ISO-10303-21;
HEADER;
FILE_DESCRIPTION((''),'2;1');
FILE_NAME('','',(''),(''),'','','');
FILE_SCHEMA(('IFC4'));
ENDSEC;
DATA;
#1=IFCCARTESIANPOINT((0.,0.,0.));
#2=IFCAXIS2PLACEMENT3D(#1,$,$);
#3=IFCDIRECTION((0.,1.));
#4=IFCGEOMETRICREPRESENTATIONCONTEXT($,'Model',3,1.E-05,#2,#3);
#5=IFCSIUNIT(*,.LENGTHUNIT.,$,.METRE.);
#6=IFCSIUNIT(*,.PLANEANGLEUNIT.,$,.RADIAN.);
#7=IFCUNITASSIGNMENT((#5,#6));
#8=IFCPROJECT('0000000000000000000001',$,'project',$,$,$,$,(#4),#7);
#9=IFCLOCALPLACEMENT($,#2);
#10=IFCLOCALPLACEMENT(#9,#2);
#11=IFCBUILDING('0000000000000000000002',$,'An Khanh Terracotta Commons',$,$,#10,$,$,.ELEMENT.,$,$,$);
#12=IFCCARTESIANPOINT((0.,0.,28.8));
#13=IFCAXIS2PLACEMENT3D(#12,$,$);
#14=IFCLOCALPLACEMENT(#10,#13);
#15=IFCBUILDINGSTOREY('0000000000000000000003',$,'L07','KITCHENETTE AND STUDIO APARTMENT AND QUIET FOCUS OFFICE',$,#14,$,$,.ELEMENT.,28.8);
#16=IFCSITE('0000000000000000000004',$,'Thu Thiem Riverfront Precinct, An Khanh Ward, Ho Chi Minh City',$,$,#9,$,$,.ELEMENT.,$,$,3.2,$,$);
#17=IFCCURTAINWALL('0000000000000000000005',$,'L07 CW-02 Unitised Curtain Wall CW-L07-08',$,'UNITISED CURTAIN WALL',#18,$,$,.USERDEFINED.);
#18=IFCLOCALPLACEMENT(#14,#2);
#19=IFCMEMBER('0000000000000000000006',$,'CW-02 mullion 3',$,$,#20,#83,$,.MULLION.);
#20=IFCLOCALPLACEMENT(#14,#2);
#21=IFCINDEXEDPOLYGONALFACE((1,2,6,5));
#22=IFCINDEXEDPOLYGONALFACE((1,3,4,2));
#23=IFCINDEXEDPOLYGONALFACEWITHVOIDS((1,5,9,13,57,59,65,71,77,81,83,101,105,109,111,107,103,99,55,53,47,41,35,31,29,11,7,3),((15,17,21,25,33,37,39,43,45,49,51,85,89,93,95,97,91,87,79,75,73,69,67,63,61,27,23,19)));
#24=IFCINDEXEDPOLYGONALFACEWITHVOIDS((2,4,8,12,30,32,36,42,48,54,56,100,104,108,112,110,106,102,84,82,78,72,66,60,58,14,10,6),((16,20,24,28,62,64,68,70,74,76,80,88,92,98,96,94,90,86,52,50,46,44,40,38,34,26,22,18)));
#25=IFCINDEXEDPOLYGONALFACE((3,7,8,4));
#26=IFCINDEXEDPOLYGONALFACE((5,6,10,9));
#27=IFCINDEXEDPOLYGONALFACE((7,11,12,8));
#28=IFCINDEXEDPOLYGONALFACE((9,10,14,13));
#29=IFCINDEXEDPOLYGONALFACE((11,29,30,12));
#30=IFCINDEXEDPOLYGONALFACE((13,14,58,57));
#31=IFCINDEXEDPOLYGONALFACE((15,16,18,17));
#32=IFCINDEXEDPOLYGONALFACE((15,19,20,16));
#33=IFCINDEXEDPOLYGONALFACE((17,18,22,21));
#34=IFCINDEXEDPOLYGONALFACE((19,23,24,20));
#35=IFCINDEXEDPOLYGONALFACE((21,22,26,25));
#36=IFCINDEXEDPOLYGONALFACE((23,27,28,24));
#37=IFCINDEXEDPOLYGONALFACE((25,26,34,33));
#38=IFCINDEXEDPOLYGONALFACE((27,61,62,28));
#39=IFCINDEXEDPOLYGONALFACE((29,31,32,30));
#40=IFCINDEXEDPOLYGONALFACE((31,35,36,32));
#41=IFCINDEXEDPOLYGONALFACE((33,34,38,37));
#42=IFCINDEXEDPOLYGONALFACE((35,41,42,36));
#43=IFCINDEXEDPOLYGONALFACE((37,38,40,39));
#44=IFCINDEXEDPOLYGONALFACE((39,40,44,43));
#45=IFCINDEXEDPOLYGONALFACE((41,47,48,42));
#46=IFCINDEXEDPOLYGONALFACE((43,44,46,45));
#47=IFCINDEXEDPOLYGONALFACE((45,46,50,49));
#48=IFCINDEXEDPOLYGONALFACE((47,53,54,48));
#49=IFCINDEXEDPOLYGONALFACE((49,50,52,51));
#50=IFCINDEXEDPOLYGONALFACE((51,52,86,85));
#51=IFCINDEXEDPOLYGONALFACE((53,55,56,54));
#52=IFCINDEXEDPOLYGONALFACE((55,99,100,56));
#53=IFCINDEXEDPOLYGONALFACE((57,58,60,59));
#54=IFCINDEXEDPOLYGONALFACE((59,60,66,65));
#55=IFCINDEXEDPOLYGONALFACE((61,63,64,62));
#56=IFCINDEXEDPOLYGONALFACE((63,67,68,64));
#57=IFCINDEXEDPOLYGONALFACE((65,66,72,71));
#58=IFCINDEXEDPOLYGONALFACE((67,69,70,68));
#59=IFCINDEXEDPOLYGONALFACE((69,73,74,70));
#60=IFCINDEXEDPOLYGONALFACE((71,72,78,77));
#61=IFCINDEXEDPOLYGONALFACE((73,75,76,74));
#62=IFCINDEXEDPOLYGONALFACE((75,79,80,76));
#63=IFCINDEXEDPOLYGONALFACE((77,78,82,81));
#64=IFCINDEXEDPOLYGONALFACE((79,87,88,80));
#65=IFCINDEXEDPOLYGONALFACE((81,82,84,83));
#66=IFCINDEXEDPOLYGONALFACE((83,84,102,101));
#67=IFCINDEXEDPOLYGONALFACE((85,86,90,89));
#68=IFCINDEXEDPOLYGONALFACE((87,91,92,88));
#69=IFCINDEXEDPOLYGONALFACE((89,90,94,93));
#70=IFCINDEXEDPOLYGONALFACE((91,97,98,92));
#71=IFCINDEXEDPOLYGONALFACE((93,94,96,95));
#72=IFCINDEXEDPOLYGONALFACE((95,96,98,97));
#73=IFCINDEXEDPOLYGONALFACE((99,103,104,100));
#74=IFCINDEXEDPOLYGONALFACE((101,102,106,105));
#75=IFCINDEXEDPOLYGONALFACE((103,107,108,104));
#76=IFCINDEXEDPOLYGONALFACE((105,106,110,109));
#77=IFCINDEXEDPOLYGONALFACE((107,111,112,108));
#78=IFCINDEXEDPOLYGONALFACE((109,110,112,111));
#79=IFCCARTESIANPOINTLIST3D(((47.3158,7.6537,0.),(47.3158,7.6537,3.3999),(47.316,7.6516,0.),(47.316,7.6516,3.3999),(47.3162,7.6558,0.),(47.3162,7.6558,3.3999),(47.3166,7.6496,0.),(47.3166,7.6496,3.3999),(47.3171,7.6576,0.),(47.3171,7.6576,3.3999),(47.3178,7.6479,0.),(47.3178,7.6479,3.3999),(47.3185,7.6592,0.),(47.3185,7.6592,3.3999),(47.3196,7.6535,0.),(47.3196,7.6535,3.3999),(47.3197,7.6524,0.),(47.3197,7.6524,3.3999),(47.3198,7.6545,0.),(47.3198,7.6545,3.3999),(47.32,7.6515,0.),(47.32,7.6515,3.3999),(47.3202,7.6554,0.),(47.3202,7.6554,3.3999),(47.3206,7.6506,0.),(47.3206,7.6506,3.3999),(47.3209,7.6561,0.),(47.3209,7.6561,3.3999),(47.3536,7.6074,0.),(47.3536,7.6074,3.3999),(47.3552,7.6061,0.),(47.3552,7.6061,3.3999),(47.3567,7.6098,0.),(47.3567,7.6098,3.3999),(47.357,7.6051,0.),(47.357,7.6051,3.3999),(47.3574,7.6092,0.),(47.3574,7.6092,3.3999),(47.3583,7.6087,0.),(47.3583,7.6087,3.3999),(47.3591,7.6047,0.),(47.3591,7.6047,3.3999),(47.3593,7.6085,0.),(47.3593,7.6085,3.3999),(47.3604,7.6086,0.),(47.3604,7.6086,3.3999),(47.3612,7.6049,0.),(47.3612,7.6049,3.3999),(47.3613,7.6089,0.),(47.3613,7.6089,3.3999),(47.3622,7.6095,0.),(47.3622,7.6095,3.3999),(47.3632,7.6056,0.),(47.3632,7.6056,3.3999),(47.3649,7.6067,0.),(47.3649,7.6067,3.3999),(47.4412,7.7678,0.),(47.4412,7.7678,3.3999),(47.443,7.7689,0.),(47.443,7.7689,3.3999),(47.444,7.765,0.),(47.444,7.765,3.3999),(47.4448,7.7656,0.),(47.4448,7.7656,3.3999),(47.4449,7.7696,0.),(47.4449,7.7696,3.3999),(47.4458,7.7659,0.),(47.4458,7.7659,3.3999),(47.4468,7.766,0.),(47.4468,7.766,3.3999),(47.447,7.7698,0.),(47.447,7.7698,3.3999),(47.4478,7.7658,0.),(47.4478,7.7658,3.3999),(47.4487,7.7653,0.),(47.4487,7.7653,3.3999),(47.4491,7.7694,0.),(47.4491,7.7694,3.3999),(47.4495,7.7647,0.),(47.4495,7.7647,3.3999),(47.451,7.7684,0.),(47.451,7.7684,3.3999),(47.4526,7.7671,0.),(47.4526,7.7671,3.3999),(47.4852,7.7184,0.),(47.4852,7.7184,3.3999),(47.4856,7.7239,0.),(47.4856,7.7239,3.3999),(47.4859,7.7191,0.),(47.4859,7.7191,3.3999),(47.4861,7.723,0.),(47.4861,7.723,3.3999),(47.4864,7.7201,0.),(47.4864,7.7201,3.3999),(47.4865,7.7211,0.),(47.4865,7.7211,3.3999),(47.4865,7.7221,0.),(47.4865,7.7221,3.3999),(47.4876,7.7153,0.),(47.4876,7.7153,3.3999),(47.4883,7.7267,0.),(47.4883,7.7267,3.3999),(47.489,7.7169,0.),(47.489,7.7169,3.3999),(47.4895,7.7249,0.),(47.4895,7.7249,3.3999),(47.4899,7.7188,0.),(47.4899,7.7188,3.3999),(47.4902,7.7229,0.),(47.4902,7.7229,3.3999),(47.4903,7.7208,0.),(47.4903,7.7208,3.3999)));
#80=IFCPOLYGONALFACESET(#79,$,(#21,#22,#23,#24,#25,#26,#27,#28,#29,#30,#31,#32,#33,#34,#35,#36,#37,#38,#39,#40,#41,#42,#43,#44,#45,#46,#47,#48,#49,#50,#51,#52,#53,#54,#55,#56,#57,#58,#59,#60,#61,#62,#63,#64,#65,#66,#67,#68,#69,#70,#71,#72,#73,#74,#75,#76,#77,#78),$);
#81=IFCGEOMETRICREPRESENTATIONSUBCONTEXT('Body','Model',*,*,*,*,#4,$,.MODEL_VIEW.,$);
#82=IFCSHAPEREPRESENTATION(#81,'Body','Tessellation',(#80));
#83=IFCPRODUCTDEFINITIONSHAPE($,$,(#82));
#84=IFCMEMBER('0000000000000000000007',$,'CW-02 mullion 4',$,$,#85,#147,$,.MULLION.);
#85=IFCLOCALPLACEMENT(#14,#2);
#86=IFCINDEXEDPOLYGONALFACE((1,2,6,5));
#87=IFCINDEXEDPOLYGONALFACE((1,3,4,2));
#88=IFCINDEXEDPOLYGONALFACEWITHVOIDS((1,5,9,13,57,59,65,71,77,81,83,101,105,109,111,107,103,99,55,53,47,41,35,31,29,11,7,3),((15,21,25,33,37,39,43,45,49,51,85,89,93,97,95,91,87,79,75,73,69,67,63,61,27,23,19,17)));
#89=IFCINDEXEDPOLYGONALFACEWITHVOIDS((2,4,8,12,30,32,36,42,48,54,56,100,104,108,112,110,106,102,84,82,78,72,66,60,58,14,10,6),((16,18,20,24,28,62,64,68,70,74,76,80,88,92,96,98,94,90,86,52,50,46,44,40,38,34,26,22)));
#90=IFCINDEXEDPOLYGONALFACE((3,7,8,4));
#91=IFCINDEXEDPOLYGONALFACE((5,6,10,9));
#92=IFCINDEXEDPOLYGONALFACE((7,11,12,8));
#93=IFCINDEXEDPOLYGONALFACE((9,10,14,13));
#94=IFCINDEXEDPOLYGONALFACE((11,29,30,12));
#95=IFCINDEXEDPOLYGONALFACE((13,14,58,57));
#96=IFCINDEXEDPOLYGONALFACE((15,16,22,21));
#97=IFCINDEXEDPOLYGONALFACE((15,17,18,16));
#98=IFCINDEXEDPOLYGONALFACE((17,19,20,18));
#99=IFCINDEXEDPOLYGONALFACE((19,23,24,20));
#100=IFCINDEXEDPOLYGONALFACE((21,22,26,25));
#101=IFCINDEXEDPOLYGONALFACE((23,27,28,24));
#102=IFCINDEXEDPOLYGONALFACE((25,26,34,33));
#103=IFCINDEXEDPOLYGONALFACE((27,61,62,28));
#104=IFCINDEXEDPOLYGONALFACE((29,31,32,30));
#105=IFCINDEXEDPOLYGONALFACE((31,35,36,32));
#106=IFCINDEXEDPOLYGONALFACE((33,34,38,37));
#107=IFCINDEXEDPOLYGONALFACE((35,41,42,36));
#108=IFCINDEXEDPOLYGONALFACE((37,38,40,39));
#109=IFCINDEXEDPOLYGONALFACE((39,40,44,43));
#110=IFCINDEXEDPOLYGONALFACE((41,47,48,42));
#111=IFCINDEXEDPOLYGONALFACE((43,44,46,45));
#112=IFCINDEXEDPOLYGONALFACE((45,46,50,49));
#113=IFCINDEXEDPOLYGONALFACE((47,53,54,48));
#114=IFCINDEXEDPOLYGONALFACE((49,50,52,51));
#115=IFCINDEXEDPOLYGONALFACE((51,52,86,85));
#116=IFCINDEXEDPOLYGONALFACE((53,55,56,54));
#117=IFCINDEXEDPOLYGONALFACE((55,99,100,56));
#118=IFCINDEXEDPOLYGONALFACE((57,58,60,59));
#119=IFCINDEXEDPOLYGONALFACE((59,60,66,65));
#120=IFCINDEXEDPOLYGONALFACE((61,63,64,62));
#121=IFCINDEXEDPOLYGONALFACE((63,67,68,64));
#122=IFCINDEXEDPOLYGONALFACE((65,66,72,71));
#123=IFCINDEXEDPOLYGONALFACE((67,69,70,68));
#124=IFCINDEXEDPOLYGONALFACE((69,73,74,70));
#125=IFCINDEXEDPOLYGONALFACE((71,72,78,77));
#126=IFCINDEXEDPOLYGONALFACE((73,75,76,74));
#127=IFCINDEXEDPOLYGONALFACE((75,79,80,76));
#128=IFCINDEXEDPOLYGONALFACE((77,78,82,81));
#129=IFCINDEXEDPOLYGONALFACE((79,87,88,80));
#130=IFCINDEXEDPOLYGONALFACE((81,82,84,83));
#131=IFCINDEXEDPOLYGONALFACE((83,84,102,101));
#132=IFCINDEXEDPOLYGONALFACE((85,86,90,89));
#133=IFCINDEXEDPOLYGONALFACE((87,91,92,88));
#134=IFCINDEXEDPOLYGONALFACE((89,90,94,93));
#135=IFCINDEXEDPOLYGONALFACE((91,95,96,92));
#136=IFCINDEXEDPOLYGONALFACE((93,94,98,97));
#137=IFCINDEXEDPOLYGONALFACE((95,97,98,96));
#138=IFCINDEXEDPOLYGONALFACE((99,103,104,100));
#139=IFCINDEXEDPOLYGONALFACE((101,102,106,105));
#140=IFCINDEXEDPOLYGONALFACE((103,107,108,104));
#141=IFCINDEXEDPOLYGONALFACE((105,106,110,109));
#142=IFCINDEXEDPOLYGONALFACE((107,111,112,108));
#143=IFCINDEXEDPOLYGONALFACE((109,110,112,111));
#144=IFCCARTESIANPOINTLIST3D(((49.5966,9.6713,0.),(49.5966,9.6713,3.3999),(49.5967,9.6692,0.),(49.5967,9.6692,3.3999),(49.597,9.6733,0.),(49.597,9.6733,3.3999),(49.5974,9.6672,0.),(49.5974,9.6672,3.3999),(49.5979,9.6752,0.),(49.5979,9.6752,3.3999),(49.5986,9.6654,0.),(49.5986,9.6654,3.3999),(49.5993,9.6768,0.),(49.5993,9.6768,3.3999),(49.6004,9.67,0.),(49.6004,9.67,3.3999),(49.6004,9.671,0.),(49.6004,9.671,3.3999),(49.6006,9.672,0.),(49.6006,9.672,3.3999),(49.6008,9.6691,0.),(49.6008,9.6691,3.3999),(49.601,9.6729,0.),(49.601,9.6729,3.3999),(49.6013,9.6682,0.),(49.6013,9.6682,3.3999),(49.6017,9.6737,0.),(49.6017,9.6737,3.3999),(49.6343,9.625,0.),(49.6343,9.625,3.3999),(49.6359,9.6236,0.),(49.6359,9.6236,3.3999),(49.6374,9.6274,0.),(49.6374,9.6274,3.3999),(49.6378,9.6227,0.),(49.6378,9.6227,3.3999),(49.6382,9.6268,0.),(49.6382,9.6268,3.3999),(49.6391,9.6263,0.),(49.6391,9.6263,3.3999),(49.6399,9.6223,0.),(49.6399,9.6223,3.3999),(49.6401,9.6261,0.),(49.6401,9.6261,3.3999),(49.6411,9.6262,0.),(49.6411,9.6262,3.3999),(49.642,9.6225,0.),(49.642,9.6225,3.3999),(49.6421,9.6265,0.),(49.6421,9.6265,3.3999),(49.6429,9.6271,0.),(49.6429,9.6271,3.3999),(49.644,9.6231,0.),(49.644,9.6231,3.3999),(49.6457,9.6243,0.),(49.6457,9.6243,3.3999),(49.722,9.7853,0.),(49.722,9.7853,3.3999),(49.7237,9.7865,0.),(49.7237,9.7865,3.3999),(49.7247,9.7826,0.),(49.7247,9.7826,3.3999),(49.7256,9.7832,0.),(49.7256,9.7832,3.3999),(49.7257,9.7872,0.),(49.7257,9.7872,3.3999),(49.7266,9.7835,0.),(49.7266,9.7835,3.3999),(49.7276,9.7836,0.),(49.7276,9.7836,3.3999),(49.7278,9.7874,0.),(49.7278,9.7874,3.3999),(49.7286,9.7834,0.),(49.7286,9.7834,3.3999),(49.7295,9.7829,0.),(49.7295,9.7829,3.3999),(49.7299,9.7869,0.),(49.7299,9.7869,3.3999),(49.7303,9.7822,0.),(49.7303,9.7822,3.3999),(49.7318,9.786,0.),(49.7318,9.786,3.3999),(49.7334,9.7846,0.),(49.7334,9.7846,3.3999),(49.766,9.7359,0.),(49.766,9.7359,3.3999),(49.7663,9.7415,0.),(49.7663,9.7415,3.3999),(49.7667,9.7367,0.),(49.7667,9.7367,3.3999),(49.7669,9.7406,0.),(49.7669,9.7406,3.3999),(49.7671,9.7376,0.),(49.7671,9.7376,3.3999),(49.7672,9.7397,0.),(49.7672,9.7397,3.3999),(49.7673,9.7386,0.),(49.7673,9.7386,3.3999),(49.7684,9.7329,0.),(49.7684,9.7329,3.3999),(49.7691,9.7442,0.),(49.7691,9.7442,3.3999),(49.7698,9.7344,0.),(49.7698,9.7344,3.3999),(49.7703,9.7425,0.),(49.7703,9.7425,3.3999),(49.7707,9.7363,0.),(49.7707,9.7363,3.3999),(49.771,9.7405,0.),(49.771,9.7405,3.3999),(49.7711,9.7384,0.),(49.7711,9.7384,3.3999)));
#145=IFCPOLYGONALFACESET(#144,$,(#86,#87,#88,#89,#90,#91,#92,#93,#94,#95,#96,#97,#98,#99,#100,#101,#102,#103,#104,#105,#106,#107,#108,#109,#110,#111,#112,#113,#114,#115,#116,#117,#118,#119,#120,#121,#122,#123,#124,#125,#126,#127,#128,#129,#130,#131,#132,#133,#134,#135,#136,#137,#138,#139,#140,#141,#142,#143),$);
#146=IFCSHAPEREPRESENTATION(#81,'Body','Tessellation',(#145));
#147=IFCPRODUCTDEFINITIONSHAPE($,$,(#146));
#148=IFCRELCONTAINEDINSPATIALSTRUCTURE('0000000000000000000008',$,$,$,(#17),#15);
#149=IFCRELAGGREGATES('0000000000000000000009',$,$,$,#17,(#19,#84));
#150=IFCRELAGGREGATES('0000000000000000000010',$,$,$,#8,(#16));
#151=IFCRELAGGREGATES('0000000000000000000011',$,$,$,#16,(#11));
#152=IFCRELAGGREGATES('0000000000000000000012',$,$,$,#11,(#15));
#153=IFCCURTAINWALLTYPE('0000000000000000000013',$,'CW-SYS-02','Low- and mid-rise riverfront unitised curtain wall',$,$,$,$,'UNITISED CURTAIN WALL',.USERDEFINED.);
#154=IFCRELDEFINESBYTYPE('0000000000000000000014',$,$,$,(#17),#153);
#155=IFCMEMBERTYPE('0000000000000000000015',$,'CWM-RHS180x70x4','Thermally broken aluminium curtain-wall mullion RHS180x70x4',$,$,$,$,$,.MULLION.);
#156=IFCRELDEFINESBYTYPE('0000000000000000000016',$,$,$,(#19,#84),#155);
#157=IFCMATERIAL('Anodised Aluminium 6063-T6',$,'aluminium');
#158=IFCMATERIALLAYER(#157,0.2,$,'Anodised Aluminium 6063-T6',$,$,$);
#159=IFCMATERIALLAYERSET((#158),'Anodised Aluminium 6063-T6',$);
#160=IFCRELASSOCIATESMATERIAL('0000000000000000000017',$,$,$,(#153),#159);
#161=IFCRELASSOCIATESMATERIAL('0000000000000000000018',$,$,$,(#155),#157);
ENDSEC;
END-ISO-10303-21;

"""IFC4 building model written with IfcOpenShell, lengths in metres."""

from ifc_helpers import new_model, si_unit, direction, frame, origin, origin_2d, place, context, subcontext, project, spatial, hollow_rectangle, extrude, material, layer, layer_set, material_profile, profile_set, type_object, element, aggregate, save


model = new_model("IFC4")

# Units and contexts
model_context = context("Model", 3, precision=1e-05, world=origin(), true_north=direction((0.0, 1.0)))
body_context = subcontext(model_context, "Body", "Model", "MODEL_VIEW")
ifc_project = project(units=[si_unit("LENGTHUNIT", "METRE"), si_unit("PLANEANGLEUNIT", "RADIAN")], contexts=[model_context])

# Site, building, storey
site_placement = place(None, origin())
site = spatial("IfcSite", under=ifc_project, at=site_placement, Name="Thu Thiem Riverfront Precinct, An Khanh Ward, Ho Chi Minh City", CompositionType="ELEMENT", RefElevation=3.2)
building_placement = place(site_placement, origin())
building = spatial("IfcBuilding", under=site, at=building_placement, Name="An Khanh Terracotta Commons", CompositionType="ELEMENT")
storey_placement = place(building_placement, frame((0.0, 0.0, 28.8)))
storey = spatial("IfcBuildingStorey", under=building, at=storey_placement, Name="L07", Description="KITCHENETTE AND STUDIO APARTMENT AND QUIET FOCUS OFFICE", CompositionType="ELEMENT", Elevation=28.8)

# Curtain wall, members
ifc_material_1 = material(Name="Anodised Aluminium 6063-T6", Category="aluminium")
ifc_layer_1 = layer(ifc_material_1, 0.2, Name="Anodised Aluminium 6063-T6")
ifc_layer_set_1 = layer_set([ifc_layer_1], Name="Anodised Aluminium 6063-T6")
curtain_wall_type = type_object("IfcCurtainWallType", Name="CW-SYS-02", Description="Low- and mid-rise riverfront unitised curtain wall", ElementType="UNITISED CURTAIN WALL", PredefinedType="USERDEFINED", material=ifc_layer_set_1)
curtain_wall_1_placement = place(storey_placement, origin())
curtain_wall_1 = element("IfcCurtainWall", 1, at=curtain_wall_1_placement, inside=storey, type_object=curtain_wall_type, Name="L07 CW-02 Unitised Curtain Wall CW-L07-08", ObjectType="UNITISED CURTAIN WALL", PredefinedType="USERDEFINED")
ifc_material_profile_1 = material_profile(ifc_material_1, hollow_rectangle(XDim=0.0701, YDim=0.1799, WallThickness=0.0039, InnerFilletRadius=0.0039, OuterFilletRadius=0.0081, at=origin_2d()), Name="RHS180x70x4")
ifc_profile_set_1 = profile_set([ifc_material_profile_1], Name="Anodised Aluminium 6063-T6")
member_type_1 = type_object("IfcMemberType", Name="CWM-RHS180x70x4", Description="Thermally broken aluminium curtain-wall mullion RHS180x70x4", PredefinedType="MULLION", material=ifc_profile_set_1)
member_1_placement = place(storey_placement, frame((47.4031, 7.6873, 0.0), z_axis=(0.0, 0.0, 1.0), x_axis=(-0.662548, 0.749019, 0.0)))
member_1 = element("IfcMember", 2, at=member_1_placement, type_object=member_type_1, Name="CW-02 mullion 3", PredefinedType="MULLION", context=body_context, shape_type="SweptSolid", body=[
    extrude(hollow_rectangle(XDim=0.0701, YDim=0.1799, WallThickness=0.0039, InnerFilletRadius=0.0039, OuterFilletRadius=0.0081, at=origin_2d()), origin(), (0.0, 0.0, 1.0), 3.3999),
])
member_2_placement = place(storey_placement, frame((49.6838, 9.7048, 0.0), z_axis=(0.0, 0.0, 1.0), x_axis=(-0.662548, 0.749019, 0.0)))
member_2 = element("IfcMember", 3, at=member_2_placement, type_object=member_type_1, Name="CW-02 mullion 4", PredefinedType="MULLION", context=body_context, shape_type="SweptSolid", body=[
    extrude(hollow_rectangle(XDim=0.0701, YDim=0.1799, WallThickness=0.0039, InnerFilletRadius=0.0039, OuterFilletRadius=0.0081, at=origin_2d()), origin(), (0.0, 0.0, 1.0), 3.3999),
])

aggregate(curtain_wall_1, [member_1, member_2])

save(model, "model.ifc")
